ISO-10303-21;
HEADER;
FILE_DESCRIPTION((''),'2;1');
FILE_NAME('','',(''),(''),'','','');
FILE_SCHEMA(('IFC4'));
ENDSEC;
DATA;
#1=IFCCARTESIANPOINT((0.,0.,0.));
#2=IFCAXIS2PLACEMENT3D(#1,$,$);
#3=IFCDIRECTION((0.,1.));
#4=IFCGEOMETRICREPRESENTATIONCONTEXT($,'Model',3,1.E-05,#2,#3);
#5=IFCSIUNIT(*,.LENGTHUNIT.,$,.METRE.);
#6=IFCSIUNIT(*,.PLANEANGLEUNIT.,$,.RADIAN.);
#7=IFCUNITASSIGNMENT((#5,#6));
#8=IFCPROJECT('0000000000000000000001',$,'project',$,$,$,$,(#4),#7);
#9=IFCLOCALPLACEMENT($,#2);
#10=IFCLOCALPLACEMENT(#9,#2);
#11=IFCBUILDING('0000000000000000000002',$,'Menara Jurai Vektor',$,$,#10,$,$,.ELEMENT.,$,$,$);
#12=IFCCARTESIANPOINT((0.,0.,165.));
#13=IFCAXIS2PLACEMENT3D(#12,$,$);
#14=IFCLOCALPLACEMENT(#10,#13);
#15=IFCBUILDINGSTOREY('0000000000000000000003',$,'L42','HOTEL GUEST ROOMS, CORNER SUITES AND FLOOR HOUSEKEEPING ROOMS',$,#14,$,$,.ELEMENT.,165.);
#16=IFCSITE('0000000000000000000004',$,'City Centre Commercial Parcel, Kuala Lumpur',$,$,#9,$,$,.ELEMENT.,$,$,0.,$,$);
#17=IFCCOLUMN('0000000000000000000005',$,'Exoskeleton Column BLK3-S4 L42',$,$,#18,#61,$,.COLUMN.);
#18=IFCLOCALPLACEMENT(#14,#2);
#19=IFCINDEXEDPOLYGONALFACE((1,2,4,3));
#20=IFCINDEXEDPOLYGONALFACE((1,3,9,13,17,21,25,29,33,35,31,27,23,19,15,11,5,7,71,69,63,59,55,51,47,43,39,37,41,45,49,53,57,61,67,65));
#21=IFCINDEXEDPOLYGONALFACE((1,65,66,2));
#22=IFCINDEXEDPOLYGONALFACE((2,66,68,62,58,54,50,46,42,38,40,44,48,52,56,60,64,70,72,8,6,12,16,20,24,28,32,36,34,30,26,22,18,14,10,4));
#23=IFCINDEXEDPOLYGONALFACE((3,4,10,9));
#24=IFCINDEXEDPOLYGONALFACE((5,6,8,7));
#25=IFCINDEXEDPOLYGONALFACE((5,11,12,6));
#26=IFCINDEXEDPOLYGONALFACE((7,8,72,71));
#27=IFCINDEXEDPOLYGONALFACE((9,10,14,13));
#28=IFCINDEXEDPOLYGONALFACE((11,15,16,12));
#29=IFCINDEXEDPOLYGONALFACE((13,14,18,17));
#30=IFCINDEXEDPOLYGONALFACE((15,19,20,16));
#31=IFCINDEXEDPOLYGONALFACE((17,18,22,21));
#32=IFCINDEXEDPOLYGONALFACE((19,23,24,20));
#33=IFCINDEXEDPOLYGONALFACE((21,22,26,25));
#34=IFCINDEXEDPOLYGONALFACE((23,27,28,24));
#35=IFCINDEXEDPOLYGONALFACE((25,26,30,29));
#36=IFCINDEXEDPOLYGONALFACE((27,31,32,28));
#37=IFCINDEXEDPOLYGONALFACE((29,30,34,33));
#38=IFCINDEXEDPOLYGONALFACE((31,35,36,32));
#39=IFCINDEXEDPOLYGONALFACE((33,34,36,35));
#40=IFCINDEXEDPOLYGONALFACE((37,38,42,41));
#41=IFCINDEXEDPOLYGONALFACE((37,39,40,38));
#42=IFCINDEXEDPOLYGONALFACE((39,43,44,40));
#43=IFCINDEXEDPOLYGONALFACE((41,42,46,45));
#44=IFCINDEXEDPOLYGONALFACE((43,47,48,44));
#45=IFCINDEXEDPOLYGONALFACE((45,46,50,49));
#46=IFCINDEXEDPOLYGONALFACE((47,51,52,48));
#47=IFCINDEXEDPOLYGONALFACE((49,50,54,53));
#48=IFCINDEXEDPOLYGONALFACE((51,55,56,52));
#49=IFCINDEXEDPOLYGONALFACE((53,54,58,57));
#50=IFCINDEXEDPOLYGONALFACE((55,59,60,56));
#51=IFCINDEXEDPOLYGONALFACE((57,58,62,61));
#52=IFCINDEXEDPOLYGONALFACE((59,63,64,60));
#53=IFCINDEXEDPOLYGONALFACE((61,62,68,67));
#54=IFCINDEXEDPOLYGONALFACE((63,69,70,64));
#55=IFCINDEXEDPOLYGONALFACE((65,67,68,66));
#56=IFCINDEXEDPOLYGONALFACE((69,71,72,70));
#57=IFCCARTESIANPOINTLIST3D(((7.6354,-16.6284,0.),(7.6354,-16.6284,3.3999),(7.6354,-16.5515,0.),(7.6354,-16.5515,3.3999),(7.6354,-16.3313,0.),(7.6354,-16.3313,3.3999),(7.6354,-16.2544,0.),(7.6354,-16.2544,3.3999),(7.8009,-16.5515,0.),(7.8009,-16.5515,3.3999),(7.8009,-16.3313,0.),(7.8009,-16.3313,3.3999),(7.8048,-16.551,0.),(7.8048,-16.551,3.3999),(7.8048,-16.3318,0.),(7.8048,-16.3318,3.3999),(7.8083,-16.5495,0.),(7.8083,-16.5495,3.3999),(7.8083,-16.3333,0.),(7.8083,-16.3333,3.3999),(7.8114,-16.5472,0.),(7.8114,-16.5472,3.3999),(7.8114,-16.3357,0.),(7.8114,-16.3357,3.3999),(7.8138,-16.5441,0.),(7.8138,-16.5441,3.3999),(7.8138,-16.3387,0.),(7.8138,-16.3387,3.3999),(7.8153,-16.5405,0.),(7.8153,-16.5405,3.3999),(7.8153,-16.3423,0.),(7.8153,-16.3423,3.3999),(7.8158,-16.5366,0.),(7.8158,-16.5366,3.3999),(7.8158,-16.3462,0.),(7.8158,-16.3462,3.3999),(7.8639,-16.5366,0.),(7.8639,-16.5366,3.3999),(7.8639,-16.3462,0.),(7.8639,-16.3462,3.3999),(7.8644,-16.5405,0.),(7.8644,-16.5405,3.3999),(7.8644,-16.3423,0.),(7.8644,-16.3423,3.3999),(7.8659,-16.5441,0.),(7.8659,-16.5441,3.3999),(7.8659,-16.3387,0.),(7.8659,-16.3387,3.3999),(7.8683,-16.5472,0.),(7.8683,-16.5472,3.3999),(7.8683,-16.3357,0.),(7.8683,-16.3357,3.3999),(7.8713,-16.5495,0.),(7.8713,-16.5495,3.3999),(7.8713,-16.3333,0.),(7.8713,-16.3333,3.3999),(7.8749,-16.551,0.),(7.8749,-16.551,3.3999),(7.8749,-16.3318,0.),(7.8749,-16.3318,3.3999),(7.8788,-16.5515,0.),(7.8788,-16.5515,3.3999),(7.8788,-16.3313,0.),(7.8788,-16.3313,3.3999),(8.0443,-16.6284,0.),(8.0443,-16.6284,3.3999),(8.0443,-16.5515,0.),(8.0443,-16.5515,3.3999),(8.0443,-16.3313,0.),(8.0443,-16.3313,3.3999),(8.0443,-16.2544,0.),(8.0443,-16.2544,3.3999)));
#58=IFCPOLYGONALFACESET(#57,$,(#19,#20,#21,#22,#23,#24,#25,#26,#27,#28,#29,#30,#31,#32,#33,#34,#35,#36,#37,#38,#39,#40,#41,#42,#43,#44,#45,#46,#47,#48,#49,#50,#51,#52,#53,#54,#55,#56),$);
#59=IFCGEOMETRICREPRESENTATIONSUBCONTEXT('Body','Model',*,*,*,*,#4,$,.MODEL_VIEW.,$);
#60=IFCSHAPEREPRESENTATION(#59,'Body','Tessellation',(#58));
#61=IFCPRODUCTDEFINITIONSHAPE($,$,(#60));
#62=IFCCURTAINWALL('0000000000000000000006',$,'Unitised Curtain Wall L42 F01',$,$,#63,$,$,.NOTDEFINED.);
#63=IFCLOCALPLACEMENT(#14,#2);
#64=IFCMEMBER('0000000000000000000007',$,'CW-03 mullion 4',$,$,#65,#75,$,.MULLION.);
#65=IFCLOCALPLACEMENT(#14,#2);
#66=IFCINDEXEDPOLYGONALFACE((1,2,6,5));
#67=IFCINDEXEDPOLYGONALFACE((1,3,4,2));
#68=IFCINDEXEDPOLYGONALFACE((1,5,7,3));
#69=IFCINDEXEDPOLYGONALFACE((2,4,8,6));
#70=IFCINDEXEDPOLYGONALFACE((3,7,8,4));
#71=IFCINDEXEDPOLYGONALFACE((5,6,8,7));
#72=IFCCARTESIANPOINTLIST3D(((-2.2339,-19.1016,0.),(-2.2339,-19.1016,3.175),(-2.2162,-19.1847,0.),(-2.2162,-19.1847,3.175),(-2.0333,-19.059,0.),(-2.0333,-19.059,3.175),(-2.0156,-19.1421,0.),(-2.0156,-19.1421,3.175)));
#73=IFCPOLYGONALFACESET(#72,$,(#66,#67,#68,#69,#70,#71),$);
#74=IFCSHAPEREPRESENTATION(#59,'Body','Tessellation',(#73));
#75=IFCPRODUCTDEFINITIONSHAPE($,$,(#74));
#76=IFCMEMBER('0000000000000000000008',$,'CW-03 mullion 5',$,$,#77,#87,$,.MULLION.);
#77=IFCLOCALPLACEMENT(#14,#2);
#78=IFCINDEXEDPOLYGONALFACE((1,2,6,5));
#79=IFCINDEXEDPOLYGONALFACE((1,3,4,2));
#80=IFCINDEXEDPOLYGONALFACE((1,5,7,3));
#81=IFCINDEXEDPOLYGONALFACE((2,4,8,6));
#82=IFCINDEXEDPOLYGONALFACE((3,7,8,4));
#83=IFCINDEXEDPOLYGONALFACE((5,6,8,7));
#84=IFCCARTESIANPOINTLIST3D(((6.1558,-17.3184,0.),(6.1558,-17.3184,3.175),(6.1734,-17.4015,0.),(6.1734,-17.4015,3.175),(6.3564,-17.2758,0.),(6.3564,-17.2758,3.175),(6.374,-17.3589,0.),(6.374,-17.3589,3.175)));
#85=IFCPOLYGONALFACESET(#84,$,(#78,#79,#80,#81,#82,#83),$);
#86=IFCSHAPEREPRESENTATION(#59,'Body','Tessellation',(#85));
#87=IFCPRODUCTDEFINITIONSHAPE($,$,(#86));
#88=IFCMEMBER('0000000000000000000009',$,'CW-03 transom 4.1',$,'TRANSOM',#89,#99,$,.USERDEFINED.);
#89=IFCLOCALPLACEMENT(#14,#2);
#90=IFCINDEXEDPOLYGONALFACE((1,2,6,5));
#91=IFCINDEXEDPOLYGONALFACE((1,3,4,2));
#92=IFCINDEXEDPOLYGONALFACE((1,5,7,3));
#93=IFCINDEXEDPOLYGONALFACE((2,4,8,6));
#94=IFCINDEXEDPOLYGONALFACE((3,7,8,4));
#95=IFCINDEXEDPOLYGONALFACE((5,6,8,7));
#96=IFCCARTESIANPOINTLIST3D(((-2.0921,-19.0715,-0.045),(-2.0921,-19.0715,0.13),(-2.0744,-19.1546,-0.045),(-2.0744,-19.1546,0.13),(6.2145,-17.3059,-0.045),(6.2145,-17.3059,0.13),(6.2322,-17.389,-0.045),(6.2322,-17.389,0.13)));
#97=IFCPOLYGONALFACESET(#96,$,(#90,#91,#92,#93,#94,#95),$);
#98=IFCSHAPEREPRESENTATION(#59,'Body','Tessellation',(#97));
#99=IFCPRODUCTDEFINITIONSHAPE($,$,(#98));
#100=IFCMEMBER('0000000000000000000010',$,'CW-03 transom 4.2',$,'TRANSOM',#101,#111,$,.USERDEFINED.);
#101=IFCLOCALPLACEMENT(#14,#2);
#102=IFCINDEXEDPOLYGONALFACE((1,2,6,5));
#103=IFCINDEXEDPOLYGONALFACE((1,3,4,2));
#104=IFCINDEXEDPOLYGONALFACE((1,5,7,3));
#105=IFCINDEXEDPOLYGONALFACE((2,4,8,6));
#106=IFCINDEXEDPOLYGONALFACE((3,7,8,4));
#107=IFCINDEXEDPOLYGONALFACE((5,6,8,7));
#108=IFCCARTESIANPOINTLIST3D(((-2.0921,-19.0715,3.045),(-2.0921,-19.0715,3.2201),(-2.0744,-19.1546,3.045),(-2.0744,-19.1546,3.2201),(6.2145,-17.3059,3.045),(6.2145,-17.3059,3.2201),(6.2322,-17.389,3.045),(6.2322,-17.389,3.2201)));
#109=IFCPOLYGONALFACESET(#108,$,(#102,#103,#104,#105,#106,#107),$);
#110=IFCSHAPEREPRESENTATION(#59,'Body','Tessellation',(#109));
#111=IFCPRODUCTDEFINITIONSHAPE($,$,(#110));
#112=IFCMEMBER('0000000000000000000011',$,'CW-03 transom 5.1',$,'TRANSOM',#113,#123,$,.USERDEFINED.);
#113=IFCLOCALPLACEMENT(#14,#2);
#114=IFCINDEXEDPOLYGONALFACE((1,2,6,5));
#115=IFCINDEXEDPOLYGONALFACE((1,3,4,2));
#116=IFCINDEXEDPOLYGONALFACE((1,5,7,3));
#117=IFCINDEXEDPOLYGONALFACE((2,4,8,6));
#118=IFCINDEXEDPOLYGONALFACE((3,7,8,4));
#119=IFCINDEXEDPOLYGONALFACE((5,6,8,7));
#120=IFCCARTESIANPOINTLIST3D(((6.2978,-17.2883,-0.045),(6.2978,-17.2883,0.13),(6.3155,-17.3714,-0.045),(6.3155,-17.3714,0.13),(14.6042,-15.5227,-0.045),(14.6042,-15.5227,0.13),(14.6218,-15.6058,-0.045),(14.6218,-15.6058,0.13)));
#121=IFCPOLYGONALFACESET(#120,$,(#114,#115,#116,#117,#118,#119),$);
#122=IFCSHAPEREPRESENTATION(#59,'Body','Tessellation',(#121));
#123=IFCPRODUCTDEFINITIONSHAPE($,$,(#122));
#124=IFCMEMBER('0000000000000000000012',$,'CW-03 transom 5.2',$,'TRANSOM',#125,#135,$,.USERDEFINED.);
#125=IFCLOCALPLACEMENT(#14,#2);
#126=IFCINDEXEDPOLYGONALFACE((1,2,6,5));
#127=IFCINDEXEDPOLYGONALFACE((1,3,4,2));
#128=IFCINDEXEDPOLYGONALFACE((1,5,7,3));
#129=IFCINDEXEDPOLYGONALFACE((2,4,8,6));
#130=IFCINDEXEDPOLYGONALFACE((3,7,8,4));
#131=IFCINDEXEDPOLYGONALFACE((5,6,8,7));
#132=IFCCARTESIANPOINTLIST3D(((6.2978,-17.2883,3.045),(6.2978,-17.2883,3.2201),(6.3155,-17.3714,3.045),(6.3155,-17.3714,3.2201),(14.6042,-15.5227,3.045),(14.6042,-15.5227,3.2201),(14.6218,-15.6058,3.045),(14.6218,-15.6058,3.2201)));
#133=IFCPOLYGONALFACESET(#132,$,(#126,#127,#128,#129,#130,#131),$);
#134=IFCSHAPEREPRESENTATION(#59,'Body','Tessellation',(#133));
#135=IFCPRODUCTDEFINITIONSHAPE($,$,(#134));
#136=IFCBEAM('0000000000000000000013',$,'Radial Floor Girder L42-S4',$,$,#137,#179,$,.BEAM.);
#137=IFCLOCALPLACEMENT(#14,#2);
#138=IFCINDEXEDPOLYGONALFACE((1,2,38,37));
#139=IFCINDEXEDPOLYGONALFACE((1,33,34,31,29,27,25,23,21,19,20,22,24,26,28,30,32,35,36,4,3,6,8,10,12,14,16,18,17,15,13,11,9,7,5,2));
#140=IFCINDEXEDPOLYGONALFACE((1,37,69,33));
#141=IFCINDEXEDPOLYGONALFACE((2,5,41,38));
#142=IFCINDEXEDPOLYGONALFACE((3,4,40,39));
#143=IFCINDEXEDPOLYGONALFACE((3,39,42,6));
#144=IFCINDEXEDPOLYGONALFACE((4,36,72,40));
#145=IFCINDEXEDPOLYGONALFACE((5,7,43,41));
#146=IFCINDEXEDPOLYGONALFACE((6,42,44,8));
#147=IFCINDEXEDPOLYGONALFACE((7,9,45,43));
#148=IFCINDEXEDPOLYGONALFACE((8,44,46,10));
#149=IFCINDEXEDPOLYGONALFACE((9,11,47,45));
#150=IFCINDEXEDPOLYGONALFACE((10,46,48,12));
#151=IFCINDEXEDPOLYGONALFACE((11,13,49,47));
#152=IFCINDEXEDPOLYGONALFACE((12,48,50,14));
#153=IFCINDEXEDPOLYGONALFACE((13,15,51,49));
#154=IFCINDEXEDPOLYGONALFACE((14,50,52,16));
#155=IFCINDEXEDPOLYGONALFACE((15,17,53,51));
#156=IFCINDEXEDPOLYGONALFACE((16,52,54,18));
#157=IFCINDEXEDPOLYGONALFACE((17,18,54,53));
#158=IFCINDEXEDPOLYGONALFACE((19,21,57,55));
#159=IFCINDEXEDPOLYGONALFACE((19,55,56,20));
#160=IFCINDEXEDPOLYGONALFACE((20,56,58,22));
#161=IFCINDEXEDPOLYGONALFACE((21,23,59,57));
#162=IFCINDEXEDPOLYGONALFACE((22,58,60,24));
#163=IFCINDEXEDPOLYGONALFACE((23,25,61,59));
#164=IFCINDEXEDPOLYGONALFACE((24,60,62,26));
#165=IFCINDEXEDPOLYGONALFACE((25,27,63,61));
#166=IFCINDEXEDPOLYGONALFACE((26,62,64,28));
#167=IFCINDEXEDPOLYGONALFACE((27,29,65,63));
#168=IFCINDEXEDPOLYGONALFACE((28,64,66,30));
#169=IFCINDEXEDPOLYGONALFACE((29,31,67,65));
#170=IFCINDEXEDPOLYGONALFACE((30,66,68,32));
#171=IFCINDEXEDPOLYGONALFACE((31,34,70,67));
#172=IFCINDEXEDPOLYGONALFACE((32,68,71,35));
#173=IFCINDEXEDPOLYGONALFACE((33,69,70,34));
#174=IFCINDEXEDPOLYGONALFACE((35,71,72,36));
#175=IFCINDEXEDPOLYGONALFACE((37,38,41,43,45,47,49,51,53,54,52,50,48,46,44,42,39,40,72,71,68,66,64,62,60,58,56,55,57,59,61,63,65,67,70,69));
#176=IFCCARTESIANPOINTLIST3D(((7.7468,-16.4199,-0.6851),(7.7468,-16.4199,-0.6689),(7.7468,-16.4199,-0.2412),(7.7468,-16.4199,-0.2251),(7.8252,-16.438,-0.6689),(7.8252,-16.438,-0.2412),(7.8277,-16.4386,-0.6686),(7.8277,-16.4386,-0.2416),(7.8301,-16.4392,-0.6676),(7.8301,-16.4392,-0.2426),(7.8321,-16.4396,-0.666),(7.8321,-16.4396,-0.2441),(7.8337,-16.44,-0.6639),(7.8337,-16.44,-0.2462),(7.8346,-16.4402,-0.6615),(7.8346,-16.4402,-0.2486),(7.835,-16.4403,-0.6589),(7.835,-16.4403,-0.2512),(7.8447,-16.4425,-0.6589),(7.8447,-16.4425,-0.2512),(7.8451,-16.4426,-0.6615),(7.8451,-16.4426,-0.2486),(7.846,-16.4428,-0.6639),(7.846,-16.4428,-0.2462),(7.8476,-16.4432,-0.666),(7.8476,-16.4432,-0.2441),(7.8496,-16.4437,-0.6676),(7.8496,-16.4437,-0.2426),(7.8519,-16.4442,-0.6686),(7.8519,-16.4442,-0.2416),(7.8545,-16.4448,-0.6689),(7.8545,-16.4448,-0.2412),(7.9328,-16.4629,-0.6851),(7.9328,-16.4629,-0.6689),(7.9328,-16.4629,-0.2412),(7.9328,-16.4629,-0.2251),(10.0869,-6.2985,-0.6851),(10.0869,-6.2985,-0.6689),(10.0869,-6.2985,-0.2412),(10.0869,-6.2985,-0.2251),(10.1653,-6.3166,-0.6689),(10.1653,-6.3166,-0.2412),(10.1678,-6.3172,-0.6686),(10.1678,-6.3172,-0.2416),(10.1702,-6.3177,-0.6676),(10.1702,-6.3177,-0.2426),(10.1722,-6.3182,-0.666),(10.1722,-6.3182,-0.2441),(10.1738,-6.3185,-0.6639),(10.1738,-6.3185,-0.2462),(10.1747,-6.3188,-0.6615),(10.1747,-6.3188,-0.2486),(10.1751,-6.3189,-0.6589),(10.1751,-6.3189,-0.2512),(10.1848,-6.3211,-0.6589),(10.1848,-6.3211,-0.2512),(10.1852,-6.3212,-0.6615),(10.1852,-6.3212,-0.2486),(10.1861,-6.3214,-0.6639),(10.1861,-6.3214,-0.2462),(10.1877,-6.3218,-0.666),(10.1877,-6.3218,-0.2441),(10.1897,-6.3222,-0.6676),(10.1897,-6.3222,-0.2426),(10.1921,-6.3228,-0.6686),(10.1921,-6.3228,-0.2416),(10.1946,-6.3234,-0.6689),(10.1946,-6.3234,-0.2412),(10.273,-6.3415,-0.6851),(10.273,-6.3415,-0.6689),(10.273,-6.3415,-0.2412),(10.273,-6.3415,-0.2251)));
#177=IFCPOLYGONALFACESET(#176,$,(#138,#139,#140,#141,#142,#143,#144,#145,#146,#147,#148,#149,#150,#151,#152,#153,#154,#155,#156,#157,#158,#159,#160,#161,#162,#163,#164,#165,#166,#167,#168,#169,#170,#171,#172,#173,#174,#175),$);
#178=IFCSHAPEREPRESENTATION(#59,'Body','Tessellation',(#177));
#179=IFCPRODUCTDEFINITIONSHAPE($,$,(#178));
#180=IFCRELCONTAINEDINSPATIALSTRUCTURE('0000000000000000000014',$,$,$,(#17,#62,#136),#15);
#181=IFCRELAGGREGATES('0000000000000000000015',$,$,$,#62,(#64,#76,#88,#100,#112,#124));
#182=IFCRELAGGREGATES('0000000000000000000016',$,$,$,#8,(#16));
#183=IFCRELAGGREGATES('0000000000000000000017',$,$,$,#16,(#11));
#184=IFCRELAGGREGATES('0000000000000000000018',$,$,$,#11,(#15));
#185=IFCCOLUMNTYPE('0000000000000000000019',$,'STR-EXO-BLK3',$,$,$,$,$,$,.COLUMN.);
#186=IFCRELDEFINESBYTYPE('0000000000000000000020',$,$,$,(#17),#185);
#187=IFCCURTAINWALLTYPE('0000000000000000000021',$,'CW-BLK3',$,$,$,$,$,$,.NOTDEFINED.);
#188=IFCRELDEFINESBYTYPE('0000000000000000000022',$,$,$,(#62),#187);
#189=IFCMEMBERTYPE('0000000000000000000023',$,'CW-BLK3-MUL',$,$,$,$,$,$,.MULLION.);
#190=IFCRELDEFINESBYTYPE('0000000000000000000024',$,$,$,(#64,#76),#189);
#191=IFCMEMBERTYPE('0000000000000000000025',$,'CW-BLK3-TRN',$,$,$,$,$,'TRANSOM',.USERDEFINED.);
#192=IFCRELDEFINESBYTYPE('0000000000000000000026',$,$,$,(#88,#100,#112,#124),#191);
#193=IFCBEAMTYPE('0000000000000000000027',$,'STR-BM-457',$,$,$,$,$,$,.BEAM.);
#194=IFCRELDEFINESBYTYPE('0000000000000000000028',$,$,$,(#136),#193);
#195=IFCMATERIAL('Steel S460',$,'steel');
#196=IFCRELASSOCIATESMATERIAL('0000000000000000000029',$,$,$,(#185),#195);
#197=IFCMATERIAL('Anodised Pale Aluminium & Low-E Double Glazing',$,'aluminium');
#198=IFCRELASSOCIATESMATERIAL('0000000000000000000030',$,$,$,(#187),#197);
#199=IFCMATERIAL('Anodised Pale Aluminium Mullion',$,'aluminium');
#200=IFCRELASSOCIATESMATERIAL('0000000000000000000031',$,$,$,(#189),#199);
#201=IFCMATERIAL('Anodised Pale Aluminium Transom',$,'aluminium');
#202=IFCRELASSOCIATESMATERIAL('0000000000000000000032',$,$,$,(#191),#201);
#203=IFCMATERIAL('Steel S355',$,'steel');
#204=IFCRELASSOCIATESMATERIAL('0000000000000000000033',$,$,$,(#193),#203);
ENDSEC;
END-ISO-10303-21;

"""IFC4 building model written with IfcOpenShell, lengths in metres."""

from ifc_helpers import new_model, si_unit, direction, frame, origin, origin_2d, place, context, subcontext, project, spatial, rectangle, i_section, extrude, material, material_profile, profile_set, type_object, element, aggregate, save


model = new_model("IFC4")

# Units and contexts
model_context = context("Model", 3, precision=1e-05, world=origin(), true_north=direction((0.0, 1.0)))
body_context = subcontext(model_context, "Body", "Model", "MODEL_VIEW")
ifc_project = project(units=[si_unit("LENGTHUNIT", "METRE"), si_unit("PLANEANGLEUNIT", "RADIAN")], contexts=[model_context])

# Site, building, storey
site_placement = place(None, origin())
site = spatial("IfcSite", under=ifc_project, at=site_placement, Name="City Centre Commercial Parcel, Kuala Lumpur", CompositionType="ELEMENT", RefElevation=0.0)
building_placement = place(site_placement, origin())
building = spatial("IfcBuilding", under=site, at=building_placement, Name="Menara Jurai Vektor", CompositionType="ELEMENT")
storey_placement = place(building_placement, frame((0.0, 0.0, 165.0)))
storey = spatial("IfcBuildingStorey", under=building, at=storey_placement, Name="L42", Description="HOTEL GUEST ROOMS, CORNER SUITES AND FLOOR HOUSEKEEPING ROOMS", CompositionType="ELEMENT", Elevation=165.0)

# Column
ifc_material_1 = material(Name="Steel S460", Category="steel")
ifc_material_profile_1 = material_profile(ifc_material_1, i_section(OverallWidth=0.4089, OverallDepth=0.374, WebThickness=0.0481, FlangeThickness=0.0769, FilletRadius=0.0149, at=origin_2d()), Name="HD 400x634")
ifc_profile_set_1 = profile_set([ifc_material_profile_1], Name="Steel S460")
column_type = type_object("IfcColumnType", Name="STR-EXO-BLK3", PredefinedType="COLUMN", material=ifc_profile_set_1)
column_placement = place(storey_placement, frame((7.8398, -16.4414, 0.0), z_axis=(0.0, 0.0, 1.0), x_axis=(1.0, 0.0, 0.0)))
element("IfcColumn", 1, at=column_placement, inside=storey, type_object=column_type, Name="Exoskeleton Column BLK3-S4 L42", PredefinedType="COLUMN", context=body_context, shape_type="SweptSolid", body=[
    extrude(i_section(OverallWidth=0.4089, OverallDepth=0.374, WebThickness=0.0481, FlangeThickness=0.0769, FilletRadius=0.0149, at=origin_2d()), origin(), (0.0, 0.0, 1.0), 3.3999),
])

# Curtain wall, members
ifc_material_2 = material(Name="Anodised Pale Aluminium & Low-E Double Glazing", Category="aluminium")
curtain_wall_type = type_object("IfcCurtainWallType", Name="CW-BLK3", PredefinedType="NOTDEFINED", material=ifc_material_2)
curtain_wall_placement = place(storey_placement, origin())
curtain_wall = element("IfcCurtainWall", 2, at=curtain_wall_placement, inside=storey, type_object=curtain_wall_type, Name="Unitised Curtain Wall L42 F01", PredefinedType="NOTDEFINED")
ifc_material_3 = material(Name="Anodised Pale Aluminium Mullion", Category="aluminium")
ifc_material_profile_2 = material_profile(ifc_material_3, rectangle(XDim=0.085, YDim=0.2051, at=origin_2d()), Name="ALU MUL 85x205")
ifc_profile_set_2 = profile_set([ifc_material_profile_2], Name="Anodised Pale Aluminium Mullion")
member_type_1 = type_object("IfcMemberType", Name="CW-BLK3-MUL", PredefinedType="MULLION", material=ifc_profile_set_2)
member_1_placement = place(storey_placement, frame((-2.1248, -19.1218, 0.0), z_axis=(0.0, 0.0, 1.0), x_axis=(-0.207911, 0.978148, 0.0)))
member_1 = element("IfcMember", 3, at=member_1_placement, type_object=member_type_1, Name="CW-03 mullion 4", PredefinedType="MULLION", context=body_context, shape_type="SweptSolid", body=[
    extrude(rectangle(XDim=0.085, YDim=0.2051, at=origin_2d()), origin(), (0.0, 0.0, 1.0), 3.175),
])
member_2_placement = place(storey_placement, frame((6.2649, -17.3386, 0.0), z_axis=(0.0, 0.0, 1.0), x_axis=(-0.207911, 0.978148, 0.0)))
member_2 = element("IfcMember", 4, at=member_2_placement, type_object=member_type_1, Name="CW-03 mullion 5", PredefinedType="MULLION", context=body_context, shape_type="SweptSolid", body=[
    extrude(rectangle(XDim=0.085, YDim=0.2051, at=origin_2d()), origin(), (0.0, 0.0, 1.0), 3.175),
])
ifc_material_4 = material(Name="Anodised Pale Aluminium Transom", Category="aluminium")
ifc_material_profile_3 = material_profile(ifc_material_4, rectangle(XDim=0.085, YDim=0.175, at=origin_2d()), Name="ALU TRN 85x175")
ifc_profile_set_3 = profile_set([ifc_material_profile_3], Name="Anodised Pale Aluminium Transom")
member_type_2 = type_object("IfcMemberType", Name="CW-BLK3-TRN", ElementType="TRANSOM", PredefinedType="USERDEFINED", material=ifc_profile_set_3)
member_3_placement = place(storey_placement, frame((-2.0833, -19.113, 0.0425), z_axis=(0.978148, 0.207911, 0.0), x_axis=(-0.207911, 0.978148, 0.0)))
member_3 = element("IfcMember", 5, at=member_3_placement, type_object=member_type_2, Name="CW-03 transom 4.1", ObjectType="TRANSOM", PredefinedType="USERDEFINED", context=body_context, shape_type="SweptSolid", body=[
    extrude(rectangle(XDim=0.085, YDim=0.175, at=origin_2d()), origin(), (0.0, 0.0, 1.0), 8.4922),
])
member_4_placement = place(storey_placement, frame((-2.0833, -19.113, 3.1326), z_axis=(0.978148, 0.207911, 0.0), x_axis=(-0.207911, 0.978148, 0.0)))
member_4 = element("IfcMember", 6, at=member_4_placement, type_object=member_type_2, Name="CW-03 transom 4.2", ObjectType="TRANSOM", PredefinedType="USERDEFINED", context=body_context, shape_type="SweptSolid", body=[
    extrude(rectangle(XDim=0.085, YDim=0.175, at=origin_2d()), origin(), (0.0, 0.0, 1.0), 8.4922),
])
member_5_placement = place(storey_placement, frame((6.3066, -17.3298, 0.0425), z_axis=(0.978147, 0.207917, 0.0), x_axis=(-0.207917, 0.978147, 0.0)))
member_5 = element("IfcMember", 7, at=member_5_placement, type_object=member_type_2, Name="CW-03 transom 5.1", ObjectType="TRANSOM", PredefinedType="USERDEFINED", context=body_context, shape_type="SweptSolid", body=[
    extrude(rectangle(XDim=0.085, YDim=0.175, at=origin_2d()), origin(), (0.0, 0.0, 1.0), 8.4919),
])
member_6_placement = place(storey_placement, frame((6.3066, -17.3298, 3.1326), z_axis=(0.978147, 0.207917, 0.0), x_axis=(-0.207917, 0.978147, 0.0)))
member_6 = element("IfcMember", 8, at=member_6_placement, type_object=member_type_2, Name="CW-03 transom 5.2", ObjectType="TRANSOM", PredefinedType="USERDEFINED", context=body_context, shape_type="SweptSolid", body=[
    extrude(rectangle(XDim=0.085, YDim=0.175, at=origin_2d()), origin(), (0.0, 0.0, 1.0), 8.4919),
])

# Beam
ifc_material_5 = material(Name="Steel S355", Category="steel")
ifc_material_profile_4 = material_profile(ifc_material_5, i_section(OverallWidth=0.1909, OverallDepth=0.46, WebThickness=0.01, FlangeThickness=0.0161, FilletRadius=0.01, at=origin_2d()), Name="UKB 457x191x82")
ifc_profile_set_4 = profile_set([ifc_material_profile_4], Name="Steel S355")
beam_type_1 = type_object("IfcBeamType", Name="STR-BM-457", PredefinedType="BEAM", material=ifc_profile_set_4)
beam_1_placement = place(storey_placement, frame((7.8398, -16.4414, -0.4551), z_axis=(0.225261, 0.974298, 0.0), x_axis=(-0.974298, 0.225261, 0.0)))
element("IfcBeam", 9, at=beam_1_placement, inside=storey, type_object=beam_type_1, Name="Radial Floor Girder L42-S4", PredefinedType="BEAM", context=body_context, shape_type="SweptSolid", body=[
    extrude(i_section(OverallWidth=0.1909, OverallDepth=0.46, WebThickness=0.01, FlangeThickness=0.0161, FilletRadius=0.01, at=origin_2d()), origin(), (0.0, 0.0, 1.0), 10.3884),
])

aggregate(curtain_wall, [member_1, member_2, member_3, member_4, member_5, member_6])

save(model, "model.ifc")
